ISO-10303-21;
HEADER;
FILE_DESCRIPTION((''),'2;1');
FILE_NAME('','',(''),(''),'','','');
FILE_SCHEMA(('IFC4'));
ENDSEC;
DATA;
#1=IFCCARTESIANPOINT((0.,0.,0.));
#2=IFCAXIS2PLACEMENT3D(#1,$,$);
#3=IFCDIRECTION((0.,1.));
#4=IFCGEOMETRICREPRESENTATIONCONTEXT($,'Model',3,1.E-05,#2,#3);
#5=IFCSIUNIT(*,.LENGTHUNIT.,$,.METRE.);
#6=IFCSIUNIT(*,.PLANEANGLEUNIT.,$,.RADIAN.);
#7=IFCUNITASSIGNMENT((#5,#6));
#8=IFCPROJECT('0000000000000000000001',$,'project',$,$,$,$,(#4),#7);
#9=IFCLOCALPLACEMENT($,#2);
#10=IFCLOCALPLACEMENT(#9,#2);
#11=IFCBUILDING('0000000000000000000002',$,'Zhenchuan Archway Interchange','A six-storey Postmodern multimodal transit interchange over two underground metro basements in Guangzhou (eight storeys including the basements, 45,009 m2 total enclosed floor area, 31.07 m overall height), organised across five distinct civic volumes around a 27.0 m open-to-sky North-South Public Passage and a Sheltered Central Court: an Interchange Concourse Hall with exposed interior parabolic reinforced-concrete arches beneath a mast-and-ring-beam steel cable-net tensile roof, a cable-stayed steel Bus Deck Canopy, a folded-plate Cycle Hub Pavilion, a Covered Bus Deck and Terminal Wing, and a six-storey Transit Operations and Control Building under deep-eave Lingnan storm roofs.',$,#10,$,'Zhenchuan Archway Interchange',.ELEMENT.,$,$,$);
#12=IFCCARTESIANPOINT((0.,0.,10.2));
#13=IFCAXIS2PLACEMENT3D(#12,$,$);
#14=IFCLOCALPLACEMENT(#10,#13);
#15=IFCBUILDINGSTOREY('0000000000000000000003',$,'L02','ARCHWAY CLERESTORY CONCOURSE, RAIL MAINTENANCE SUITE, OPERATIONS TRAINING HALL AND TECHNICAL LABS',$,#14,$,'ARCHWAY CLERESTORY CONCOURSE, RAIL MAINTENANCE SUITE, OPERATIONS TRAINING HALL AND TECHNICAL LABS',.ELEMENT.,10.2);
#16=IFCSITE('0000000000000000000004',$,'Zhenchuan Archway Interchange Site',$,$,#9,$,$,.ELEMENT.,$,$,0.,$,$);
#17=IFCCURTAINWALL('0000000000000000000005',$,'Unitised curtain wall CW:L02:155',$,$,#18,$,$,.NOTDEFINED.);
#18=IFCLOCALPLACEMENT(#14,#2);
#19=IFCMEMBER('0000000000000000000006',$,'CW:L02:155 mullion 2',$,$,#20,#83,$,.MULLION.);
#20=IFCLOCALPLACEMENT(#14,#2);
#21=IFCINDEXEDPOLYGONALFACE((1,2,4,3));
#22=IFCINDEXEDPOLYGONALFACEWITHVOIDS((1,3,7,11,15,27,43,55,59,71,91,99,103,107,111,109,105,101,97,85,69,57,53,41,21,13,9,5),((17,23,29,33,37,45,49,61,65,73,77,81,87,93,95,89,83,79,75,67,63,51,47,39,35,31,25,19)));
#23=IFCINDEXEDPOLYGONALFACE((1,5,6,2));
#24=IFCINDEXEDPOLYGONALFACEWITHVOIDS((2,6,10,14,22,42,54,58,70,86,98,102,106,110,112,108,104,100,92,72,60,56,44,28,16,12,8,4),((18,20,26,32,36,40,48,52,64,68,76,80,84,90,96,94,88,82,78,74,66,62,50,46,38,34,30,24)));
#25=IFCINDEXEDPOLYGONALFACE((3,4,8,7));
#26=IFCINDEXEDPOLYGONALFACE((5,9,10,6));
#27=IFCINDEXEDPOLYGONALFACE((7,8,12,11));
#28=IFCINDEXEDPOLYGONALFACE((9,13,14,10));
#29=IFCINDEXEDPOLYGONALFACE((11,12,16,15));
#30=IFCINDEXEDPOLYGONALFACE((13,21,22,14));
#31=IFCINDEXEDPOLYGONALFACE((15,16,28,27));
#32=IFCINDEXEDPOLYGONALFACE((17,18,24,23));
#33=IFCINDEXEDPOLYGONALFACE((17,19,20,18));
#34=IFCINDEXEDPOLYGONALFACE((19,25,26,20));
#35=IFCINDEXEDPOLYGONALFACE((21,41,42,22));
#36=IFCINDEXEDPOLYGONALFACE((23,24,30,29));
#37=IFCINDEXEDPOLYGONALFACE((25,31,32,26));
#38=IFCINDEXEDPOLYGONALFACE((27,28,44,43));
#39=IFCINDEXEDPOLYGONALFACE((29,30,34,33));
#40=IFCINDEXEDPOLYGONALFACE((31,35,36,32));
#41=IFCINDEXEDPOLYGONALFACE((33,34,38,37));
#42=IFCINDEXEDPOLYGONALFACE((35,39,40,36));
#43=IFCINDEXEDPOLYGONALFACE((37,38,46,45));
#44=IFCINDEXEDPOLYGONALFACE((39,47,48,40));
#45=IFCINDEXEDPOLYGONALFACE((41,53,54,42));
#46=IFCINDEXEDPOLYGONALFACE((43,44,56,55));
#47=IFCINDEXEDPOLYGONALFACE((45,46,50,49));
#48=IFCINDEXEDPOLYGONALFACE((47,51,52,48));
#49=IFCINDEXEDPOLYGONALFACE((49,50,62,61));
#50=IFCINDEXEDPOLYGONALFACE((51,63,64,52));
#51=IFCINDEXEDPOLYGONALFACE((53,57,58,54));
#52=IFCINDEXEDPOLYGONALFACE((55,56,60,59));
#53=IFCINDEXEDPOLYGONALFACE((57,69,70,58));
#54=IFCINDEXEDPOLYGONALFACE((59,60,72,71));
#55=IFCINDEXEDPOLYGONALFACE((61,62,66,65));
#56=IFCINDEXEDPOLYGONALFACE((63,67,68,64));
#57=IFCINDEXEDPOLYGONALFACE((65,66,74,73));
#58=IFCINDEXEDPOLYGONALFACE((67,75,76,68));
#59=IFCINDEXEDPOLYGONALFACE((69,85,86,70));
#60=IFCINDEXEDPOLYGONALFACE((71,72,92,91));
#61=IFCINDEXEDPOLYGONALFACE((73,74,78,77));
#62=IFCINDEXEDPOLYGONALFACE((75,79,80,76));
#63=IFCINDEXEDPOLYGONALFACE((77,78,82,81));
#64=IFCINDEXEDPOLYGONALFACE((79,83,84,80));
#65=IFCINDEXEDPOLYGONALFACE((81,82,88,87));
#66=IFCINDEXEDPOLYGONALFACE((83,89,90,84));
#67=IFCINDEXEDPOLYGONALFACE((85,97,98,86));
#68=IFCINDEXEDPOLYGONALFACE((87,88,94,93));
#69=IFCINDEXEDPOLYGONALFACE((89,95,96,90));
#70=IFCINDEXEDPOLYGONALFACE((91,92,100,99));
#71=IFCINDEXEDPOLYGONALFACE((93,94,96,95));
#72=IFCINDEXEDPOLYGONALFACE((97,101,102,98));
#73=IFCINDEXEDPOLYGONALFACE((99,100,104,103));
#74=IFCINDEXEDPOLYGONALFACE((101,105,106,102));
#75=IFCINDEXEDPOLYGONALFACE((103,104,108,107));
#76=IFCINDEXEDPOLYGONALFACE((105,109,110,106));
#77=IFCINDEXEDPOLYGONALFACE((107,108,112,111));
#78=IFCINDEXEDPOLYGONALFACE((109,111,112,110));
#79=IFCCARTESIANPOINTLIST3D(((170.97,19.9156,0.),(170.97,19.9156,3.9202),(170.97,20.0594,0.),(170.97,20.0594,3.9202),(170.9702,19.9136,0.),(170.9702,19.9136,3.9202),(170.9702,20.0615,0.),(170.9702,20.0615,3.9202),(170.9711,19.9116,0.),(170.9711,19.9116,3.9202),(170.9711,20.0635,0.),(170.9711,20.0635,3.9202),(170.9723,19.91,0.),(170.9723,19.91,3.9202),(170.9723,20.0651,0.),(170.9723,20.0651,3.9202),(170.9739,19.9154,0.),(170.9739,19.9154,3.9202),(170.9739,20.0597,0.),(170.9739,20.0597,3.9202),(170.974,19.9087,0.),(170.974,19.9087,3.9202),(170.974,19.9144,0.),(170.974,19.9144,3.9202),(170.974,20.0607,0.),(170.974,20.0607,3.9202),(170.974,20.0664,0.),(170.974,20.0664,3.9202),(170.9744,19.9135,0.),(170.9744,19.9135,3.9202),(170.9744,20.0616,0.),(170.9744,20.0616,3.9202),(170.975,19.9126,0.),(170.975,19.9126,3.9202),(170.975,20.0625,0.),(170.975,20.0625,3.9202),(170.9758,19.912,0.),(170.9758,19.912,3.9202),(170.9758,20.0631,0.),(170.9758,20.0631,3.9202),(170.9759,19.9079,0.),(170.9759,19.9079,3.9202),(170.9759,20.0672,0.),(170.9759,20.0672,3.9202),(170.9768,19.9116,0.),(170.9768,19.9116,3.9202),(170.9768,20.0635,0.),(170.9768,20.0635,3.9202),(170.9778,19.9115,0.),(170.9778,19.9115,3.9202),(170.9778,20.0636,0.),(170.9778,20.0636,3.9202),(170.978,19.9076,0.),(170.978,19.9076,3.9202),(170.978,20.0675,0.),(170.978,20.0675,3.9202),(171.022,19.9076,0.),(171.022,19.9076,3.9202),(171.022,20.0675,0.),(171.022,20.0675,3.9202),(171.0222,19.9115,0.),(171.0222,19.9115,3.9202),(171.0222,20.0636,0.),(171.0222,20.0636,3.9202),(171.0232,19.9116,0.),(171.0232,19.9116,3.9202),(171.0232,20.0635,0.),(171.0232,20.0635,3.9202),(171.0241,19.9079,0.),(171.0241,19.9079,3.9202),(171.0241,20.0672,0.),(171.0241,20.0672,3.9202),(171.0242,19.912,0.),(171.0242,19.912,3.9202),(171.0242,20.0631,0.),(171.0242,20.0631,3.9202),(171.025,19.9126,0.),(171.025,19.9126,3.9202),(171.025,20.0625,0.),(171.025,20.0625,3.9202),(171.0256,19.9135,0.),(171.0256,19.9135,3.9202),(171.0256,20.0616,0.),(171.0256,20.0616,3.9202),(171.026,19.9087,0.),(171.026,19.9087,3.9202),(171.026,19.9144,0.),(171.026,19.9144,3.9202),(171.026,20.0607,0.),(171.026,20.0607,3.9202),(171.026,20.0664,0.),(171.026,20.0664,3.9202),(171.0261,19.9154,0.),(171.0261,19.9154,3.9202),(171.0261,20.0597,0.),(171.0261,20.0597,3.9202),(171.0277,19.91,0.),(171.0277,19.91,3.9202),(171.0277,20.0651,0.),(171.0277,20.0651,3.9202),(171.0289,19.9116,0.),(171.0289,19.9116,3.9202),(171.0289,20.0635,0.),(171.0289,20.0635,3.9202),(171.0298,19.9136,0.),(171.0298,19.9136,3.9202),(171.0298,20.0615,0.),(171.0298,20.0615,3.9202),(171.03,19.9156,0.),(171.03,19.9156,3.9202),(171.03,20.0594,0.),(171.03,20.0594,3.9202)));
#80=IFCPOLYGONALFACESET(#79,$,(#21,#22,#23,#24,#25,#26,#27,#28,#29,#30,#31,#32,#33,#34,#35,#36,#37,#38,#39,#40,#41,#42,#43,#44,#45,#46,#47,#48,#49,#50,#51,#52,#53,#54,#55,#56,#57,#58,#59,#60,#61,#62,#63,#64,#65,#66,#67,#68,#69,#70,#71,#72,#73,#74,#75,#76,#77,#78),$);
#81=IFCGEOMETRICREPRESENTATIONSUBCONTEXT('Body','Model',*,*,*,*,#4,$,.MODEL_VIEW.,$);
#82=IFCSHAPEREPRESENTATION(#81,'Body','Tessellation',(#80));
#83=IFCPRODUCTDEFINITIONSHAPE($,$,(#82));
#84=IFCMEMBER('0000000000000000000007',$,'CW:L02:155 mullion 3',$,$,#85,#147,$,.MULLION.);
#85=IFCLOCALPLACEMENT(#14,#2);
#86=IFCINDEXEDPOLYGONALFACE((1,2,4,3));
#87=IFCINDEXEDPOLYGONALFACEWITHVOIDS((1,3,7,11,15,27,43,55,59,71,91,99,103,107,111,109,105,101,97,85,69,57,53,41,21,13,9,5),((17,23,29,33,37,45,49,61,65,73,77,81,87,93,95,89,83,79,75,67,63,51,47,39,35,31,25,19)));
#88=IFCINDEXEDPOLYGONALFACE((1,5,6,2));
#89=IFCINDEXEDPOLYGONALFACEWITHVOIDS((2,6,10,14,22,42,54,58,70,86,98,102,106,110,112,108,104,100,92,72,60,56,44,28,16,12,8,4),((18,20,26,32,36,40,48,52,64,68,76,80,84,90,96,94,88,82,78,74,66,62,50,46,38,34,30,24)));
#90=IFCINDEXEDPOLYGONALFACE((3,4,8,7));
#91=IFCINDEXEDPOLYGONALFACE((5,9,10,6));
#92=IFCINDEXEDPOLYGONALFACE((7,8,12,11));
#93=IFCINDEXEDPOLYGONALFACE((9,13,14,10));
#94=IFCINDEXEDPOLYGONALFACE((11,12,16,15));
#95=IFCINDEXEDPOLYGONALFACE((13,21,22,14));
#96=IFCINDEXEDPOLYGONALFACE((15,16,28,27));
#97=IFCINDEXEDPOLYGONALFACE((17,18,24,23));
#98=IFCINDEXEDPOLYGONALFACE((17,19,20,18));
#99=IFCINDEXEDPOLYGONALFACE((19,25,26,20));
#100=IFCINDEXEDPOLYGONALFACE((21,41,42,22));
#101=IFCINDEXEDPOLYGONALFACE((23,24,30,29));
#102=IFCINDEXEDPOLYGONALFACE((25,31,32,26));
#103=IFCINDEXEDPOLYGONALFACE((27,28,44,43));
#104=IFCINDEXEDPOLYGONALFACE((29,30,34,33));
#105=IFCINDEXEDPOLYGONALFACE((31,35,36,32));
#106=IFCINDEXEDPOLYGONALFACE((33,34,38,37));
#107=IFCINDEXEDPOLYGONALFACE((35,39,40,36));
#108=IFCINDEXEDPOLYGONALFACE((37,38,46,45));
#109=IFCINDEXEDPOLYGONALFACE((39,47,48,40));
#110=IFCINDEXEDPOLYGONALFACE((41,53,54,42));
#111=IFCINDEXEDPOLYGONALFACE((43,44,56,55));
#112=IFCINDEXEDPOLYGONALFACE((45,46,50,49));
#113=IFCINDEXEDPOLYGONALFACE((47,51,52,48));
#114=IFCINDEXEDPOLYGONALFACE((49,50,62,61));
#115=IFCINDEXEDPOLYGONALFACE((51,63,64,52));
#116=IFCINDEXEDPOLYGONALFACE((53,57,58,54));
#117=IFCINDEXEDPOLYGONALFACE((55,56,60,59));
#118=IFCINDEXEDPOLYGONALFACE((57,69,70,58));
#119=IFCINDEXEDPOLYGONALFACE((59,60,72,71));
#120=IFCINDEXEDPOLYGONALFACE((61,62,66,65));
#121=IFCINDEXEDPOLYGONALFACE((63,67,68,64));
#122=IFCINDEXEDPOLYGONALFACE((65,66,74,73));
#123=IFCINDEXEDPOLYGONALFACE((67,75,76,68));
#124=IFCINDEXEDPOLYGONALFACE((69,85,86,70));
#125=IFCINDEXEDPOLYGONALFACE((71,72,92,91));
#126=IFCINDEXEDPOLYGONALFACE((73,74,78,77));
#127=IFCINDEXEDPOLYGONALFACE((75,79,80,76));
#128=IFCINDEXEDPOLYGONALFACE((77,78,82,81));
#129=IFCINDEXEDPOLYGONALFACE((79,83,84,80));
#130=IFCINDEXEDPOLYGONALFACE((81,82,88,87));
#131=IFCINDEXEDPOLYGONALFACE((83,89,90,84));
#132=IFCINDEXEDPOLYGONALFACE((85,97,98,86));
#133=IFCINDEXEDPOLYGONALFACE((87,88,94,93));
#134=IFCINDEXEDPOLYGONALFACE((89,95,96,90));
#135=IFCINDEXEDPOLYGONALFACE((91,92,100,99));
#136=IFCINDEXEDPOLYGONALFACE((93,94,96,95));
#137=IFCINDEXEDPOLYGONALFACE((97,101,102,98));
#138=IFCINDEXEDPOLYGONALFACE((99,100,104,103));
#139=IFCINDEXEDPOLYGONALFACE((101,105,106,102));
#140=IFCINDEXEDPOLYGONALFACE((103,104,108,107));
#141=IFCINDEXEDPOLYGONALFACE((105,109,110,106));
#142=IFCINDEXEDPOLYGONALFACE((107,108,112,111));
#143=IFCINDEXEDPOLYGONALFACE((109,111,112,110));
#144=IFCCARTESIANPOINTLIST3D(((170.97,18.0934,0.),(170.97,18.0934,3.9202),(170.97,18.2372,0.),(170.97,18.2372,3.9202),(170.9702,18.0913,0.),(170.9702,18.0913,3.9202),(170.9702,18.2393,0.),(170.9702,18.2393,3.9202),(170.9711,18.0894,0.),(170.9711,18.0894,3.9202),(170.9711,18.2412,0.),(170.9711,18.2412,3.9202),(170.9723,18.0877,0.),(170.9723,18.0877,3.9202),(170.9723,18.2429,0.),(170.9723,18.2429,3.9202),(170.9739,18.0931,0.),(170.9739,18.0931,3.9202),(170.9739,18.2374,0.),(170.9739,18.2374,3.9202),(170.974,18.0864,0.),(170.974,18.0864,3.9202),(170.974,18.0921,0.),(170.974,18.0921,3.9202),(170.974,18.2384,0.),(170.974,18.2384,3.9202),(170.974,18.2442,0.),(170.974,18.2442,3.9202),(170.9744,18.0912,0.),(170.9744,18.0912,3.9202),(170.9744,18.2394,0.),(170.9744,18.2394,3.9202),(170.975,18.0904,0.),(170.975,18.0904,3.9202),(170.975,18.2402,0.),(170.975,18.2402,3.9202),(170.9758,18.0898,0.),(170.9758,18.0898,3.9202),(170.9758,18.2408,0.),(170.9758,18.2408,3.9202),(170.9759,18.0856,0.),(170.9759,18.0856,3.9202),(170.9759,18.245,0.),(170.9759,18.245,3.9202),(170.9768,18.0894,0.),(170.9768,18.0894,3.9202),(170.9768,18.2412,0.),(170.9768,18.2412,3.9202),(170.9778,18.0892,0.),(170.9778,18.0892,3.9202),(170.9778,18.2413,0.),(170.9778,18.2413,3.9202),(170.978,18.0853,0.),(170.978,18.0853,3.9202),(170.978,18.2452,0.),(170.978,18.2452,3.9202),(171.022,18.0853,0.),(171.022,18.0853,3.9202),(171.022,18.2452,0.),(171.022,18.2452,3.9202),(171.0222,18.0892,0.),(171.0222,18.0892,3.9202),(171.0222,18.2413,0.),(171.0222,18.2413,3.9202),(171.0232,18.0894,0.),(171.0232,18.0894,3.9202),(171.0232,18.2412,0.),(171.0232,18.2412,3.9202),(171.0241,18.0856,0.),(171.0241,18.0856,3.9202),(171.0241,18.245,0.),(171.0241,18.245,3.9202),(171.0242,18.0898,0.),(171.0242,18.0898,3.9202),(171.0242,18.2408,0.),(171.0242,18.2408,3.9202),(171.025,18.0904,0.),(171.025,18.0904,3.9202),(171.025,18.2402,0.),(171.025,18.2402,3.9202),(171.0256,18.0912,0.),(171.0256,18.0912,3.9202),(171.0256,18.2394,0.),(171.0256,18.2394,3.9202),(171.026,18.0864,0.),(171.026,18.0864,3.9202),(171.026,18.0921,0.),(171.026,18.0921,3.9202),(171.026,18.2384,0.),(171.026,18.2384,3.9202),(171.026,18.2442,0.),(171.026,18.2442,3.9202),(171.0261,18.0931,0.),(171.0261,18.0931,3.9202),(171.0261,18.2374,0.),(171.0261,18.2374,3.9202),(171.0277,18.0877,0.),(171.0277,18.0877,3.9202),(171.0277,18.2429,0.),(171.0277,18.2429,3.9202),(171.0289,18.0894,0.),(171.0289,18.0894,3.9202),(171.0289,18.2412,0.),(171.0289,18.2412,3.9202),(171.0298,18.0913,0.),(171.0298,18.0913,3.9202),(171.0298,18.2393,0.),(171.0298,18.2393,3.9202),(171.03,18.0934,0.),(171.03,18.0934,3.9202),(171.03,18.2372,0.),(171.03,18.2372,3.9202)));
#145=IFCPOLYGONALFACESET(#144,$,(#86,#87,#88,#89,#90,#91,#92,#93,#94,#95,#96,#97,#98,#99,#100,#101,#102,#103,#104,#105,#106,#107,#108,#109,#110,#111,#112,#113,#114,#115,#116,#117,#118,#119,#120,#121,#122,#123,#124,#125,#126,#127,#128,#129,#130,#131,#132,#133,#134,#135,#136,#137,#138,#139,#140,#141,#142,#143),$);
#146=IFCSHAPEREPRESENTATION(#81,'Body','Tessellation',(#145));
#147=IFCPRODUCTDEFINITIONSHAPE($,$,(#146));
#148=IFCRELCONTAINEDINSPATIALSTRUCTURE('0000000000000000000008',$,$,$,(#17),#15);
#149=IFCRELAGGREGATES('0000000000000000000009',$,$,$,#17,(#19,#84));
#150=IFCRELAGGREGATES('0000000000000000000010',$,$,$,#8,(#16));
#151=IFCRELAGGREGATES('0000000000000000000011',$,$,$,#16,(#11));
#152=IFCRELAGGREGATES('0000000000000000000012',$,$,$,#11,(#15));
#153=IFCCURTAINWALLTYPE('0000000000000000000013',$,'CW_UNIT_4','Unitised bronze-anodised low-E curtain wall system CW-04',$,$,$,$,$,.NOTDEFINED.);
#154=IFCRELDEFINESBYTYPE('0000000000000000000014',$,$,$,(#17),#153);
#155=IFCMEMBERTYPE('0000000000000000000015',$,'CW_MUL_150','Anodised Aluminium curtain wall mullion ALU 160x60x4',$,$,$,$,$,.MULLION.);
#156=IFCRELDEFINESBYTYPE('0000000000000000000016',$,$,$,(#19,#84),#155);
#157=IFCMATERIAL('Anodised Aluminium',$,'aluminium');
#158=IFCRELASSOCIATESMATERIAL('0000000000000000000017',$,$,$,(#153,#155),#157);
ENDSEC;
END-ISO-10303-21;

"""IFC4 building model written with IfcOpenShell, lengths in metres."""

from ifc_helpers import new_model, si_unit, direction, frame, origin, origin_2d, place, context, subcontext, project, spatial, hollow_rectangle, extrude, material, material_profile, profile_set, type_object, element, aggregate, save


model = new_model("IFC4")

# Units and contexts
model_context = context("Model", 3, precision=1e-05, world=origin(), true_north=direction((0.0, 1.0)))
body_context = subcontext(model_context, "Body", "Model", "MODEL_VIEW")
ifc_project = project(units=[si_unit("LENGTHUNIT", "METRE"), si_unit("PLANEANGLEUNIT", "RADIAN")], contexts=[model_context])

# Site, building, storey
site_placement = place(None, origin())
site = spatial("IfcSite", under=ifc_project, at=site_placement, Name="Zhenchuan Archway Interchange Site", CompositionType="ELEMENT", RefElevation=0.0)
building_placement = place(site_placement, origin())
building = spatial("IfcBuilding", under=site, at=building_placement, Name="Zhenchuan Archway Interchange", Description="A six-storey Postmodern multimodal transit interchange over two underground metro basements in Guangzhou (eight storeys including the basements, 45,009 m2 total enclosed floor area, 31.07 m overall height), organised across five distinct civic volumes around a 27.0 m open-to-sky North-South Public Passage and a Sheltered Central Court: an Interchange Concourse Hall with exposed interior parabolic reinforced-concrete arches beneath a mast-and-ring-beam steel cable-net tensile roof, a cable-stayed steel Bus Deck Canopy, a folded-plate Cycle Hub Pavilion, a Covered Bus Deck and Terminal Wing, and a six-storey Transit Operations and Control Building under deep-eave Lingnan storm roofs.", LongName="Zhenchuan Archway Interchange", CompositionType="ELEMENT")
storey_placement = place(building_placement, frame((0.0, 0.0, 10.2)))
storey = spatial("IfcBuildingStorey", under=building, at=storey_placement, Name="L02", Description="ARCHWAY CLERESTORY CONCOURSE, RAIL MAINTENANCE SUITE, OPERATIONS TRAINING HALL AND TECHNICAL LABS", LongName="ARCHWAY CLERESTORY CONCOURSE, RAIL MAINTENANCE SUITE, OPERATIONS TRAINING HALL AND TECHNICAL LABS", CompositionType="ELEMENT", Elevation=10.2)

# Curtain wall, members
ifc_material_1 = material(Name="Anodised Aluminium", Category="aluminium")
curtain_wall_type = type_object("IfcCurtainWallType", Name="CW_UNIT_4", Description="Unitised bronze-anodised low-E curtain wall system CW-04", PredefinedType="NOTDEFINED", material=ifc_material_1)
curtain_wall_placement = place(storey_placement, origin())
curtain_wall = element("IfcCurtainWall", 1, at=curtain_wall_placement, inside=storey, type_object=curtain_wall_type, Name="Unitised curtain wall CW:L02:155", PredefinedType="NOTDEFINED")
ifc_material_profile_1 = material_profile(ifc_material_1, hollow_rectangle(XDim=0.0601, YDim=0.1599, WallThickness=0.0039, InnerFilletRadius=0.0039, OuterFilletRadius=0.0081, at=origin_2d()), Name="ALU 160x60x4")
ifc_profile_set_1 = profile_set([ifc_material_profile_1], Name="Anodised Aluminium")
member_type_1 = type_object("IfcMemberType", Name="CW_MUL_150", Description="Anodised Aluminium curtain wall mullion ALU 160x60x4", PredefinedType="MULLION", material=ifc_profile_set_1)
member_1_placement = place(storey_placement, frame((171.0, 19.9875, 0.0), z_axis=(0.0, 0.0, 1.0), x_axis=(1.0, 0.0, 0.0)))
member_1 = element("IfcMember", 2, at=member_1_placement, type_object=member_type_1, Name="CW:L02:155 mullion 2", PredefinedType="MULLION", context=body_context, shape_type="SweptSolid", body=[
    extrude(hollow_rectangle(XDim=0.0601, YDim=0.1599, WallThickness=0.0039, InnerFilletRadius=0.0039, OuterFilletRadius=0.0081, at=origin_2d()), origin(), (0.0, 0.0, 1.0), 3.9202),
])
member_2_placement = place(storey_placement, frame((171.0, 18.1653, 0.0), z_axis=(0.0, 0.0, 1.0), x_axis=(1.0, 0.0, 0.0)))
member_2 = element("IfcMember", 3, at=member_2_placement, type_object=member_type_1, Name="CW:L02:155 mullion 3", PredefinedType="MULLION", context=body_context, shape_type="SweptSolid", body=[
    extrude(hollow_rectangle(XDim=0.0601, YDim=0.1599, WallThickness=0.0039, InnerFilletRadius=0.0039, OuterFilletRadius=0.0081, at=origin_2d()), origin(), (0.0, 0.0, 1.0), 3.9202),
])
aggregate(curtain_wall, [member_1, member_2])

save(model, "model.ifc")
